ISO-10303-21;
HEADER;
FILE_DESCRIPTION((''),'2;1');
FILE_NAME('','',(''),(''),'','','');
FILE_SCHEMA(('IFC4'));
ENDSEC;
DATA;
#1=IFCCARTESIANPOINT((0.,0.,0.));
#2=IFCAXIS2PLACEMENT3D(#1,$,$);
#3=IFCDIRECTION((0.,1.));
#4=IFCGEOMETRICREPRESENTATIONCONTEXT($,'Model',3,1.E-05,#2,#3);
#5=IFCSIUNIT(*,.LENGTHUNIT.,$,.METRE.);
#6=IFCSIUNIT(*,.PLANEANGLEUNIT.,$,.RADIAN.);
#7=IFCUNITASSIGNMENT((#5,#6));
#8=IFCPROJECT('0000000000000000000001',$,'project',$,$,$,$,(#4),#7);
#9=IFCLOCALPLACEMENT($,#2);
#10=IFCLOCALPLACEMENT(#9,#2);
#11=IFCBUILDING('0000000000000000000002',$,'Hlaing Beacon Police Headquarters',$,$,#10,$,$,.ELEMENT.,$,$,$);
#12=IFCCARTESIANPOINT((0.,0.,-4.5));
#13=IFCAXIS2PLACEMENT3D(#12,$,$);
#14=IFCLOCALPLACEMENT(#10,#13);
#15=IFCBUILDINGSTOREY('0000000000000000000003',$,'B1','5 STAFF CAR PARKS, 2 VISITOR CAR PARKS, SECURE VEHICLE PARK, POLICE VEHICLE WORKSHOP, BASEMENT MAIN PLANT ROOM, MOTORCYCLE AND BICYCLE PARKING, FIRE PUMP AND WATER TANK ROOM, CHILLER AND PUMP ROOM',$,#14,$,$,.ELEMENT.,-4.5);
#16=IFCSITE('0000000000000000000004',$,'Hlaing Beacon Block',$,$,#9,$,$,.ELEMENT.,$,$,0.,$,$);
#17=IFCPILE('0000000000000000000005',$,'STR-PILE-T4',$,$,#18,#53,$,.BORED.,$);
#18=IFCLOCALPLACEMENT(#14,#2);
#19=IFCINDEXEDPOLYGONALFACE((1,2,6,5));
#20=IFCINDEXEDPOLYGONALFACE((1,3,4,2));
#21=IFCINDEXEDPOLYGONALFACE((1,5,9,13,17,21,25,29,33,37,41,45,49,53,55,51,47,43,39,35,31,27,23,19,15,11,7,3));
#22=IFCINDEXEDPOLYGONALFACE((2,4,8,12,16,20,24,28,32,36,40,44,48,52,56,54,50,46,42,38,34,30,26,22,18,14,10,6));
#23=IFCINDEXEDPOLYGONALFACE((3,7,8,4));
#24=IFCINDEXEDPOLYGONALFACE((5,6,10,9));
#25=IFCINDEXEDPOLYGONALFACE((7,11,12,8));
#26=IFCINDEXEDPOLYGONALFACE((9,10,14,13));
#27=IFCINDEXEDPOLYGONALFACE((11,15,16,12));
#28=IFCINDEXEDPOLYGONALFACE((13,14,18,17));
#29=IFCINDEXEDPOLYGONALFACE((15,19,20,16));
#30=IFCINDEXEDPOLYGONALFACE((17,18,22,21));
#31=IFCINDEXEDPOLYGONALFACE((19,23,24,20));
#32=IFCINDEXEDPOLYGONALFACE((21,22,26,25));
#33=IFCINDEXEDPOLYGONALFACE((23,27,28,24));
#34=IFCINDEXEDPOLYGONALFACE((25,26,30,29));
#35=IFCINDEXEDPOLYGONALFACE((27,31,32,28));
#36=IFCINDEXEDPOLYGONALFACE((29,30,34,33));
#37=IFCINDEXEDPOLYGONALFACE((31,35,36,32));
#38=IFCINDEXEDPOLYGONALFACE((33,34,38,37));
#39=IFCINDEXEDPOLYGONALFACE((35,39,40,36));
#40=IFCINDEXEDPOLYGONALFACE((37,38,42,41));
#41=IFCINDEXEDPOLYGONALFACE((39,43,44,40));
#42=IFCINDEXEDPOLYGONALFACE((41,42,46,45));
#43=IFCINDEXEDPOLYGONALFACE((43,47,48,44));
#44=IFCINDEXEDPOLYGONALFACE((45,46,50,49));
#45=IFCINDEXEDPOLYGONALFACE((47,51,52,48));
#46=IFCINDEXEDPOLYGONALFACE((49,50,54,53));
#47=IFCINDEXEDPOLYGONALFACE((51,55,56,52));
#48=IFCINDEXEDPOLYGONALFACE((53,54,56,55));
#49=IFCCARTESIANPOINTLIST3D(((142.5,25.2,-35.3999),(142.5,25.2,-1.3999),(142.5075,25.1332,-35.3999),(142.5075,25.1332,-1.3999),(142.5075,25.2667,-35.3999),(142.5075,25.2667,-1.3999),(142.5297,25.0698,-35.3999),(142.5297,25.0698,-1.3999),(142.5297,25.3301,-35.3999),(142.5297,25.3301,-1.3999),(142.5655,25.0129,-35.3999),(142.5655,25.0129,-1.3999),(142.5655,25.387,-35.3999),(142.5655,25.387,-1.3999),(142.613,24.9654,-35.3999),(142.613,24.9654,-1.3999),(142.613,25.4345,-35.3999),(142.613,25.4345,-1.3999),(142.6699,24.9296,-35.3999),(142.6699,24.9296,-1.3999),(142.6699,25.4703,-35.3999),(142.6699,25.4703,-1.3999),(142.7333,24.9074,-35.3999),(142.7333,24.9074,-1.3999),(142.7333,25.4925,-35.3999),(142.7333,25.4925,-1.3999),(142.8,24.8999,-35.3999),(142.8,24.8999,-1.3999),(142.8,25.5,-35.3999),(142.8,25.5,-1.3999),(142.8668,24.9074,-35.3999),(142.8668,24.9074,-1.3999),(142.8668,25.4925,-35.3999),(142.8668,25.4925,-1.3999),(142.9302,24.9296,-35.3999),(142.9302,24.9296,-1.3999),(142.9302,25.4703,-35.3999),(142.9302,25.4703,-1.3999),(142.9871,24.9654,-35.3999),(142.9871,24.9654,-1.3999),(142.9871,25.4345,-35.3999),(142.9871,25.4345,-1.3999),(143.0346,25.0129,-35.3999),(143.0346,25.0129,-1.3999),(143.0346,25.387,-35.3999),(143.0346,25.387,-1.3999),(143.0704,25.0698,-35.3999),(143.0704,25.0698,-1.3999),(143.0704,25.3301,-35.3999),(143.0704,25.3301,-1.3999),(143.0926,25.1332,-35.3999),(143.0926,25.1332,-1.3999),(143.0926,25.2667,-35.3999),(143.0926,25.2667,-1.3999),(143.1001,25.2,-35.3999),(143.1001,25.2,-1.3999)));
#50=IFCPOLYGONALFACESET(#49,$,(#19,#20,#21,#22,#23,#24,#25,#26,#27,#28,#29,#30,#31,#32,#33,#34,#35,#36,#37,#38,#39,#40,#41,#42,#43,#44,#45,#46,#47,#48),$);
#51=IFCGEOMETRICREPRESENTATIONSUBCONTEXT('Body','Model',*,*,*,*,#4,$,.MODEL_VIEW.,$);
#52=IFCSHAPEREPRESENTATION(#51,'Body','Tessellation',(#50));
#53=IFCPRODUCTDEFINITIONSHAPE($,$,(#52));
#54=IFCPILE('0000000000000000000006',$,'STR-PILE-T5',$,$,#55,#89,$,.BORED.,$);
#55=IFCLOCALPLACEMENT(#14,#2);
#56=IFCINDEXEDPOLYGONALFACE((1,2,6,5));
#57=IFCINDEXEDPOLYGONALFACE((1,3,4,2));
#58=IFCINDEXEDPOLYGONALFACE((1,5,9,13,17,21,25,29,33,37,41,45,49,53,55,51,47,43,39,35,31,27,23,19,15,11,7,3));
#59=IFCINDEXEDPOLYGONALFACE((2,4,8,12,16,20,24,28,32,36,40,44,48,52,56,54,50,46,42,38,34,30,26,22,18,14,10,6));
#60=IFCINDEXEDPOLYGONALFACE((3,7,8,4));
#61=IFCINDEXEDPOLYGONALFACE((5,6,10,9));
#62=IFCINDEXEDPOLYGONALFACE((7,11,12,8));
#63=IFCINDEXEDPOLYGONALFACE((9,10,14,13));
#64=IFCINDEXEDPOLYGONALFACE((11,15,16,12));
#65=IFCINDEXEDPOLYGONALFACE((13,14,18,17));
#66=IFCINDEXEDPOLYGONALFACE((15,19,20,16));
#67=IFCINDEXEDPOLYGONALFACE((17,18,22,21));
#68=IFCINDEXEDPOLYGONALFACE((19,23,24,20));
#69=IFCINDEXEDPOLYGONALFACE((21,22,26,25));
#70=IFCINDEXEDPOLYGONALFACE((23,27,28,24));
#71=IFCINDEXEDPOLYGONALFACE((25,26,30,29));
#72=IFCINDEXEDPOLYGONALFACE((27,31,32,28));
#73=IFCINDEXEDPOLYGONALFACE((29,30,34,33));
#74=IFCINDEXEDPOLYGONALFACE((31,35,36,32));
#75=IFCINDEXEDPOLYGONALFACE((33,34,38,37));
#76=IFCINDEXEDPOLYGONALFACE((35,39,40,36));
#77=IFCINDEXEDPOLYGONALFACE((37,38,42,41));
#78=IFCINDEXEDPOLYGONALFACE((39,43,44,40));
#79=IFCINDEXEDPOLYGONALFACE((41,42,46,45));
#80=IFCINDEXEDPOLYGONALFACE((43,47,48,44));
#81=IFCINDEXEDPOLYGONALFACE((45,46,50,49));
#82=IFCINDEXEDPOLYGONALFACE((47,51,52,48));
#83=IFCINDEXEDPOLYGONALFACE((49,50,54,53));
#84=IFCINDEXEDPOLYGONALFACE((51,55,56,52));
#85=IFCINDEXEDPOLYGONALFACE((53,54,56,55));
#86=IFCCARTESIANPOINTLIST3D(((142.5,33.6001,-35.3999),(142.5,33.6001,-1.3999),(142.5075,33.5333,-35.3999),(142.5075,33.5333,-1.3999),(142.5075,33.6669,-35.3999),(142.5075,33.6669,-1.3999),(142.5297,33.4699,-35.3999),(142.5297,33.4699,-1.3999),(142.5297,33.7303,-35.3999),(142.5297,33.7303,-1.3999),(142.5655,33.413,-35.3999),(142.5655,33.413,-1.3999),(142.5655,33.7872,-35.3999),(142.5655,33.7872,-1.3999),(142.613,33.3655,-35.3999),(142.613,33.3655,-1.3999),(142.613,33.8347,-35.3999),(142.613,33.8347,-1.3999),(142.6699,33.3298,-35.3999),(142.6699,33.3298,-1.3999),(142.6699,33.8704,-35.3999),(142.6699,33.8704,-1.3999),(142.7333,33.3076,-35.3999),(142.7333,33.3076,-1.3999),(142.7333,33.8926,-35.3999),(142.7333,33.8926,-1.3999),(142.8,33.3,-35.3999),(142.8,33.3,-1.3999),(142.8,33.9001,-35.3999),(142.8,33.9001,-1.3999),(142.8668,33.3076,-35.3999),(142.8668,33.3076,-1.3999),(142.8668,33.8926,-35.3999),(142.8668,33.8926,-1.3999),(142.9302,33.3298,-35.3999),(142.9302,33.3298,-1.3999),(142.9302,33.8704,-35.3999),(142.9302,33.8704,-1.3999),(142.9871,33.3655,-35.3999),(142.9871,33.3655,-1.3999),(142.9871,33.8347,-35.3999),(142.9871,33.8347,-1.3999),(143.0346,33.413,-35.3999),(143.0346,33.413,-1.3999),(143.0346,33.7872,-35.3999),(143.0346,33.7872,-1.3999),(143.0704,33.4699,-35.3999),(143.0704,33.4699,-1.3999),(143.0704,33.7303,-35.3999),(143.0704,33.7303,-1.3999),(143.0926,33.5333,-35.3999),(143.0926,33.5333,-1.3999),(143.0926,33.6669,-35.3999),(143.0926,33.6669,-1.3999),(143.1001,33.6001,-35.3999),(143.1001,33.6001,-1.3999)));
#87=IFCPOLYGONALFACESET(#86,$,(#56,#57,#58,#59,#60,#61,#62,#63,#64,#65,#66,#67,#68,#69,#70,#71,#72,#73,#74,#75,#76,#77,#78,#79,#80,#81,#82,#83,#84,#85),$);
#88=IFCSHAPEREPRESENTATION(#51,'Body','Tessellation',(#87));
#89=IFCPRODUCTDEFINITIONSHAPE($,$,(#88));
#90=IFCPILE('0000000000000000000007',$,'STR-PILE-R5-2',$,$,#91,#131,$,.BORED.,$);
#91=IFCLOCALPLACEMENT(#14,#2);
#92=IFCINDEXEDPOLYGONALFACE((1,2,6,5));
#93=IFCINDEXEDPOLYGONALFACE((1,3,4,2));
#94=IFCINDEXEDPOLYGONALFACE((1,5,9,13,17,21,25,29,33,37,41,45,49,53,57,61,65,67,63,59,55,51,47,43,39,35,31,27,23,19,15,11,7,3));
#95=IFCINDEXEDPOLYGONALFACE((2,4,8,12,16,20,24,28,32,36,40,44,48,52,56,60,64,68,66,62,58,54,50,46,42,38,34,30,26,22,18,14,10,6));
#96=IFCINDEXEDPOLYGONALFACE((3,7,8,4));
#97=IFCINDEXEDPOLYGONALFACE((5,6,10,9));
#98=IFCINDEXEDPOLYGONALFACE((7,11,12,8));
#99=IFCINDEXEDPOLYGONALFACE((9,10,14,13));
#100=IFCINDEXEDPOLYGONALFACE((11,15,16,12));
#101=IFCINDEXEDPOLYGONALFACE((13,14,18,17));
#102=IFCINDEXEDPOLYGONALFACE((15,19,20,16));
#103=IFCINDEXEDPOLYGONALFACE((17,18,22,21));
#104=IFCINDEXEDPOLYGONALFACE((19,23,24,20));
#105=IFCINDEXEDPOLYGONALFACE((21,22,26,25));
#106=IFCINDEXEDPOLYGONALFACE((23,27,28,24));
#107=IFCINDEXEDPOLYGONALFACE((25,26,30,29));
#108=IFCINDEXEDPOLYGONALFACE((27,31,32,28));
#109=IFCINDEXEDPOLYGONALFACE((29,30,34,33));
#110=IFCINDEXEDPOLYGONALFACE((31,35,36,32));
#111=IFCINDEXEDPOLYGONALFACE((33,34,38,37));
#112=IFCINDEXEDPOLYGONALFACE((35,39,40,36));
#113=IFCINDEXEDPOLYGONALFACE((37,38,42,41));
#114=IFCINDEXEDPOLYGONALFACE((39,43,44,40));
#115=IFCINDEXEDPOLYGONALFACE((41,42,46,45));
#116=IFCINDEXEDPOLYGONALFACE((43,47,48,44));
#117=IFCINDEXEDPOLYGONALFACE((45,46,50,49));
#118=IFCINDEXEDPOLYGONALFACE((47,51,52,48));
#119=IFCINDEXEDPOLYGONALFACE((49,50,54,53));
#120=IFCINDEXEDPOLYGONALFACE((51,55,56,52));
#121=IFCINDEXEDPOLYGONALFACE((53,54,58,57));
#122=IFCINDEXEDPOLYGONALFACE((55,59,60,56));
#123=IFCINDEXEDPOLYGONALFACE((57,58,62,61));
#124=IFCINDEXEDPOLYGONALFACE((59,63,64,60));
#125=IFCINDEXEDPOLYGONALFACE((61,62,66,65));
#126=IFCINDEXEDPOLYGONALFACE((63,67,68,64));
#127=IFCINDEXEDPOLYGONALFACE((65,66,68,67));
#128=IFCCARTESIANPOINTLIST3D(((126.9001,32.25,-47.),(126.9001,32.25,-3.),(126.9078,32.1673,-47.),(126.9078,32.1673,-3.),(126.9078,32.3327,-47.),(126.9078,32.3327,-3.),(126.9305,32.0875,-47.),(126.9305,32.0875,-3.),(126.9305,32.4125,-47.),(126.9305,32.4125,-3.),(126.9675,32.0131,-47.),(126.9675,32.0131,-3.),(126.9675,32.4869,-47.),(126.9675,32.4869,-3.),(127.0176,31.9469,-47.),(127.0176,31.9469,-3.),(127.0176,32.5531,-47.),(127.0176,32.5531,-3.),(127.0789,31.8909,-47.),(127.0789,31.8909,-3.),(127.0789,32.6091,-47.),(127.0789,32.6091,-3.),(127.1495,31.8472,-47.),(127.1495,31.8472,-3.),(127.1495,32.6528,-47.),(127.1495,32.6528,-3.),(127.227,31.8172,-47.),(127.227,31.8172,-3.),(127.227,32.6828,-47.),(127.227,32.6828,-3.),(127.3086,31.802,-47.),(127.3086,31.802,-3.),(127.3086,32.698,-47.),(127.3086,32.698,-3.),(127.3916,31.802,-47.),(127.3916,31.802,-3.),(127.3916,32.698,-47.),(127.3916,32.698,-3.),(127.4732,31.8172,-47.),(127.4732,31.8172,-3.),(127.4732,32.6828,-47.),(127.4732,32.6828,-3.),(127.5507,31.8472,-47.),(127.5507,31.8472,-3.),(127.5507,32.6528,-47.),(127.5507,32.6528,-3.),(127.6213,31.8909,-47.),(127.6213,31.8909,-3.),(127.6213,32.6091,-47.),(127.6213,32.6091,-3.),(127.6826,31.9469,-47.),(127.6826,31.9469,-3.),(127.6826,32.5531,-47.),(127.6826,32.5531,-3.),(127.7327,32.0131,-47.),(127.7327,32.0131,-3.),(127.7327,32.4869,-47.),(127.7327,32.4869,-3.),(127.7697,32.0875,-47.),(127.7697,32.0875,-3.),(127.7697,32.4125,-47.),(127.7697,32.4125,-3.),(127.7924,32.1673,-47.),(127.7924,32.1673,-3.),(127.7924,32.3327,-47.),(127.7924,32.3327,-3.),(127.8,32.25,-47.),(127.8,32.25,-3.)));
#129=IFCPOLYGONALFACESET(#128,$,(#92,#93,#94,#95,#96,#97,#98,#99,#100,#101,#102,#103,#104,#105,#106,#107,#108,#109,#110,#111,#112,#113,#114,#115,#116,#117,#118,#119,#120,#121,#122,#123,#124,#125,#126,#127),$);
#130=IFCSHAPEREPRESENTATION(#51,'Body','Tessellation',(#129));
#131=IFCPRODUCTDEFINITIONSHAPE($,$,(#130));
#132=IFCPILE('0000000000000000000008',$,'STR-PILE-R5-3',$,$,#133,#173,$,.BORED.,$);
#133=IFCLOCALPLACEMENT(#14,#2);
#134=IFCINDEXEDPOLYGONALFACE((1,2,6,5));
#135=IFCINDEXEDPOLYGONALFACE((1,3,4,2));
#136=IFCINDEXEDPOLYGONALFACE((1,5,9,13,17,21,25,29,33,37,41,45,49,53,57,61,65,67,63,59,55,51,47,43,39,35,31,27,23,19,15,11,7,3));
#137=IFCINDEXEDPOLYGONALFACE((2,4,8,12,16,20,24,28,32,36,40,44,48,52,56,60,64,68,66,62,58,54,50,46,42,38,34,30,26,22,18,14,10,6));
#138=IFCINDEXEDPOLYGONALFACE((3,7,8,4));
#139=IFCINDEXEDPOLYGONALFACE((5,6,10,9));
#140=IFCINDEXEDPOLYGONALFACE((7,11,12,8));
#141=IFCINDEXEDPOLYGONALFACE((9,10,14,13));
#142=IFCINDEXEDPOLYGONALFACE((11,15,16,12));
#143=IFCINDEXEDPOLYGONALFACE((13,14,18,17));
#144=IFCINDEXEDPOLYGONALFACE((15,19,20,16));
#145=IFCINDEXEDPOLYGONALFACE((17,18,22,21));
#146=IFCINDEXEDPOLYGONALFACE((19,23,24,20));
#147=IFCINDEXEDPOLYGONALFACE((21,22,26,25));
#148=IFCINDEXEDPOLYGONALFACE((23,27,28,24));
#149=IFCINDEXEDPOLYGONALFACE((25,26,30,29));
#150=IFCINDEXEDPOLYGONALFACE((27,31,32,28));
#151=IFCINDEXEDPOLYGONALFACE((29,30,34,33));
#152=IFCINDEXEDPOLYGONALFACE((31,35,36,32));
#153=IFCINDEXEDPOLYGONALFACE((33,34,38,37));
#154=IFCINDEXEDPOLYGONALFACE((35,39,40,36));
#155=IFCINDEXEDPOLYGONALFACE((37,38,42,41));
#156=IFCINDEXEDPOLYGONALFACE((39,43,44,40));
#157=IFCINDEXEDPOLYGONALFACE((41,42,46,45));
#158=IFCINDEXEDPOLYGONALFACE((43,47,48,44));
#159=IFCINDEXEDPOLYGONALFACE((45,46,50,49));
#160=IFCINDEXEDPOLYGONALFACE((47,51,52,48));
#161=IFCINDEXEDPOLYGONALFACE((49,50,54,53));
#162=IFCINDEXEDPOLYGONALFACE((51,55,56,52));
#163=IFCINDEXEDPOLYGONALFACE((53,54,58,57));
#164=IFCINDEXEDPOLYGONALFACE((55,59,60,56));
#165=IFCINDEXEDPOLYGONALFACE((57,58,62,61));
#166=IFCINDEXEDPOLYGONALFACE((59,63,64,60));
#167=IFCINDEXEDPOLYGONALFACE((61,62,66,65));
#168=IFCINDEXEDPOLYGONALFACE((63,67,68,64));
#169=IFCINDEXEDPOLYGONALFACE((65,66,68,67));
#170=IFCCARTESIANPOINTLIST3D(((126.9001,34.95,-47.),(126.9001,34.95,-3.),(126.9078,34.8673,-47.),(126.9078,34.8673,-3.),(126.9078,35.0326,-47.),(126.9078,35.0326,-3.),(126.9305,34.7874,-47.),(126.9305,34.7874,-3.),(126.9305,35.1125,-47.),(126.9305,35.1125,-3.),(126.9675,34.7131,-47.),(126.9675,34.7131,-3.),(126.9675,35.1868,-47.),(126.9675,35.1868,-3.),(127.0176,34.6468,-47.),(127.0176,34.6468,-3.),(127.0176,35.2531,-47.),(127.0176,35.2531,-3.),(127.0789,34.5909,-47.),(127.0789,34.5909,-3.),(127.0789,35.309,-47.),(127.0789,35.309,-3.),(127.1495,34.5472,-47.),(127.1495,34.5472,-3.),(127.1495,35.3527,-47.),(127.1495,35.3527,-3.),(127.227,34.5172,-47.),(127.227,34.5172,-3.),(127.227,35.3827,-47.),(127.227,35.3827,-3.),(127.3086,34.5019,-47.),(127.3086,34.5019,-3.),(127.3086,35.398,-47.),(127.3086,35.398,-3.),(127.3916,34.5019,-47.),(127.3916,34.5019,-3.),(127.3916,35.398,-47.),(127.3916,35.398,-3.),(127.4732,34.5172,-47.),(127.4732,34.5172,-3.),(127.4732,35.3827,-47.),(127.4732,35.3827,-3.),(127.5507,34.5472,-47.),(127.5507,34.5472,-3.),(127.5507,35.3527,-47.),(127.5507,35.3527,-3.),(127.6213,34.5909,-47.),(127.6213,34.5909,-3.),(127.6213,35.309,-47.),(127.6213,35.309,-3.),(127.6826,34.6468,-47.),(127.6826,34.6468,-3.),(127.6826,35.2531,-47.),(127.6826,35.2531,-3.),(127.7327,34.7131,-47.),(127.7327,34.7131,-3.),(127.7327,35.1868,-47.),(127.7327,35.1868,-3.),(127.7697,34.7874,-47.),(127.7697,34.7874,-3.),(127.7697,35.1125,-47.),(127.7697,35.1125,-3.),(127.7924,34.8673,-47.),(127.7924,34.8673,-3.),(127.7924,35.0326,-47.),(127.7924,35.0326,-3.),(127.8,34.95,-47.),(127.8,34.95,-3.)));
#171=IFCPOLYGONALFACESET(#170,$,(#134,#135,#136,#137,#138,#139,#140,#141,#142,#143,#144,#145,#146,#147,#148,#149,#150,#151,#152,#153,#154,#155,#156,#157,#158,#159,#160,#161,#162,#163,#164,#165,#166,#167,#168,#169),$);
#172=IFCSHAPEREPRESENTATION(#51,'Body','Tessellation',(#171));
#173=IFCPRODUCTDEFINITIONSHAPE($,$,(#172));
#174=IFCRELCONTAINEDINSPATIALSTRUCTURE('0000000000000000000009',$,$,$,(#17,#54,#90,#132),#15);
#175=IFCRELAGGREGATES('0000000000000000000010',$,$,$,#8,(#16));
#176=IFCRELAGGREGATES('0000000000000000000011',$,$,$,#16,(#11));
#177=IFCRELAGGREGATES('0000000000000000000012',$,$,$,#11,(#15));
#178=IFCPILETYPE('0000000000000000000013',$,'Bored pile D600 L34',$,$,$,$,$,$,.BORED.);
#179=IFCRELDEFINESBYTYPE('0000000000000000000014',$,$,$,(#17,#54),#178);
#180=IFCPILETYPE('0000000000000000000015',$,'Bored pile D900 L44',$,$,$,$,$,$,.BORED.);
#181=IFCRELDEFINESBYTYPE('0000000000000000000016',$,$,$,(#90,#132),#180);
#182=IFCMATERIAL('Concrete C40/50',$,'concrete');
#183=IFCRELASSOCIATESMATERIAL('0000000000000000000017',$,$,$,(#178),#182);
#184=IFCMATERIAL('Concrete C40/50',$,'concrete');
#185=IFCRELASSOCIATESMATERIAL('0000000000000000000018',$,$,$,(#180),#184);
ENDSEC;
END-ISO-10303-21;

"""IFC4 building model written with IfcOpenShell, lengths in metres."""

from ifc_helpers import new_model, si_unit, direction, frame, origin, origin_2d, place, context, subcontext, project, spatial, circle, extrude, material, material_profile, profile_set, type_object, element, save


model = new_model("IFC4")

# Units and contexts
model_context = context("Model", 3, precision=1e-05, world=origin(), true_north=direction((0.0, 1.0)))
body_context = subcontext(model_context, "Body", "Model", "MODEL_VIEW")
ifc_project = project(units=[si_unit("LENGTHUNIT", "METRE"), si_unit("PLANEANGLEUNIT", "RADIAN")], contexts=[model_context])

# Site, building, storey
site_placement = place(None, origin())
site = spatial("IfcSite", under=ifc_project, at=site_placement, Name="Hlaing Beacon Block", CompositionType="ELEMENT", RefElevation=0.0)
building_placement = place(site_placement, origin())
building = spatial("IfcBuilding", under=site, at=building_placement, Name="Hlaing Beacon Police Headquarters", CompositionType="ELEMENT")
storey_placement = place(building_placement, frame((0.0, 0.0, -4.5)))
storey = spatial("IfcBuildingStorey", under=building, at=storey_placement, Name="B1", Description="5 STAFF CAR PARKS, 2 VISITOR CAR PARKS, SECURE VEHICLE PARK, POLICE VEHICLE WORKSHOP, BASEMENT MAIN PLANT ROOM, MOTORCYCLE AND BICYCLE PARKING, FIRE PUMP AND WATER TANK ROOM, CHILLER AND PUMP ROOM", CompositionType="ELEMENT", Elevation=-4.5)

# Piles
ifc_material_1 = material(Name="Concrete C40/50", Category="concrete")
ifc_material_profile_1 = material_profile(ifc_material_1, circle(Radius=0.3, at=origin_2d()), Name="D600")
ifc_profile_set_1 = profile_set([ifc_material_profile_1], Name="Concrete C40/50")
pile_type_1 = type_object("IfcPileType", Name="Bored pile D600 L34", PredefinedType="BORED", material=ifc_profile_set_1)
for number, where, z_axis, x_axis, name in (
    (1, (142.8, 25.2, -1.3999), (0.0, 0.0, -1.0), (1.0, 0.0, 0.0), "STR-PILE-T4"),
    (2, (142.8, 33.6001, -1.3999), (0.0, 0.0, -1.0), (1.0, 0.0, 0.0), "STR-PILE-T5"),
):
    element("IfcPile", number, at=place(storey_placement, frame(where, z_axis=z_axis, x_axis=x_axis)), inside=storey, type_object=pile_type_1, Name=name, PredefinedType="BORED", context=body_context, shape_type="SweptSolid", body=[
        extrude(circle(Radius=0.3, at=origin_2d()), origin(), (0.0, 0.0, 1.0), 34.0),
    ])
ifc_material_2 = material(Name="Concrete C40/50", Category="concrete")
ifc_material_profile_2 = material_profile(ifc_material_2, circle(Radius=0.45, at=origin_2d()), Name="D900")
ifc_profile_set_2 = profile_set([ifc_material_profile_2], Name="Concrete C40/50")
pile_type_2 = type_object("IfcPileType", Name="Bored pile D900 L44", PredefinedType="BORED", material=ifc_profile_set_2)
for number, where, z_axis, x_axis, name in (
    (3, (127.3501, 32.25, -3.0), (0.0, 0.0, -1.0), (1.0, 0.0, 0.0), "STR-PILE-R5-2"),
    (4, (127.3501, 34.95, -3.0), (0.0, 0.0, -1.0), (1.0, 0.0, 0.0), "STR-PILE-R5-3"),
):
    element("IfcPile", number, at=place(storey_placement, frame(where, z_axis=z_axis, x_axis=x_axis)), inside=storey, type_object=pile_type_2, Name=name, PredefinedType="BORED", context=body_context, shape_type="SweptSolid", body=[
        extrude(circle(Radius=0.45, at=origin_2d()), origin(), (0.0, 0.0, 1.0), 44.0),
    ])

save(model, "model.ifc")
